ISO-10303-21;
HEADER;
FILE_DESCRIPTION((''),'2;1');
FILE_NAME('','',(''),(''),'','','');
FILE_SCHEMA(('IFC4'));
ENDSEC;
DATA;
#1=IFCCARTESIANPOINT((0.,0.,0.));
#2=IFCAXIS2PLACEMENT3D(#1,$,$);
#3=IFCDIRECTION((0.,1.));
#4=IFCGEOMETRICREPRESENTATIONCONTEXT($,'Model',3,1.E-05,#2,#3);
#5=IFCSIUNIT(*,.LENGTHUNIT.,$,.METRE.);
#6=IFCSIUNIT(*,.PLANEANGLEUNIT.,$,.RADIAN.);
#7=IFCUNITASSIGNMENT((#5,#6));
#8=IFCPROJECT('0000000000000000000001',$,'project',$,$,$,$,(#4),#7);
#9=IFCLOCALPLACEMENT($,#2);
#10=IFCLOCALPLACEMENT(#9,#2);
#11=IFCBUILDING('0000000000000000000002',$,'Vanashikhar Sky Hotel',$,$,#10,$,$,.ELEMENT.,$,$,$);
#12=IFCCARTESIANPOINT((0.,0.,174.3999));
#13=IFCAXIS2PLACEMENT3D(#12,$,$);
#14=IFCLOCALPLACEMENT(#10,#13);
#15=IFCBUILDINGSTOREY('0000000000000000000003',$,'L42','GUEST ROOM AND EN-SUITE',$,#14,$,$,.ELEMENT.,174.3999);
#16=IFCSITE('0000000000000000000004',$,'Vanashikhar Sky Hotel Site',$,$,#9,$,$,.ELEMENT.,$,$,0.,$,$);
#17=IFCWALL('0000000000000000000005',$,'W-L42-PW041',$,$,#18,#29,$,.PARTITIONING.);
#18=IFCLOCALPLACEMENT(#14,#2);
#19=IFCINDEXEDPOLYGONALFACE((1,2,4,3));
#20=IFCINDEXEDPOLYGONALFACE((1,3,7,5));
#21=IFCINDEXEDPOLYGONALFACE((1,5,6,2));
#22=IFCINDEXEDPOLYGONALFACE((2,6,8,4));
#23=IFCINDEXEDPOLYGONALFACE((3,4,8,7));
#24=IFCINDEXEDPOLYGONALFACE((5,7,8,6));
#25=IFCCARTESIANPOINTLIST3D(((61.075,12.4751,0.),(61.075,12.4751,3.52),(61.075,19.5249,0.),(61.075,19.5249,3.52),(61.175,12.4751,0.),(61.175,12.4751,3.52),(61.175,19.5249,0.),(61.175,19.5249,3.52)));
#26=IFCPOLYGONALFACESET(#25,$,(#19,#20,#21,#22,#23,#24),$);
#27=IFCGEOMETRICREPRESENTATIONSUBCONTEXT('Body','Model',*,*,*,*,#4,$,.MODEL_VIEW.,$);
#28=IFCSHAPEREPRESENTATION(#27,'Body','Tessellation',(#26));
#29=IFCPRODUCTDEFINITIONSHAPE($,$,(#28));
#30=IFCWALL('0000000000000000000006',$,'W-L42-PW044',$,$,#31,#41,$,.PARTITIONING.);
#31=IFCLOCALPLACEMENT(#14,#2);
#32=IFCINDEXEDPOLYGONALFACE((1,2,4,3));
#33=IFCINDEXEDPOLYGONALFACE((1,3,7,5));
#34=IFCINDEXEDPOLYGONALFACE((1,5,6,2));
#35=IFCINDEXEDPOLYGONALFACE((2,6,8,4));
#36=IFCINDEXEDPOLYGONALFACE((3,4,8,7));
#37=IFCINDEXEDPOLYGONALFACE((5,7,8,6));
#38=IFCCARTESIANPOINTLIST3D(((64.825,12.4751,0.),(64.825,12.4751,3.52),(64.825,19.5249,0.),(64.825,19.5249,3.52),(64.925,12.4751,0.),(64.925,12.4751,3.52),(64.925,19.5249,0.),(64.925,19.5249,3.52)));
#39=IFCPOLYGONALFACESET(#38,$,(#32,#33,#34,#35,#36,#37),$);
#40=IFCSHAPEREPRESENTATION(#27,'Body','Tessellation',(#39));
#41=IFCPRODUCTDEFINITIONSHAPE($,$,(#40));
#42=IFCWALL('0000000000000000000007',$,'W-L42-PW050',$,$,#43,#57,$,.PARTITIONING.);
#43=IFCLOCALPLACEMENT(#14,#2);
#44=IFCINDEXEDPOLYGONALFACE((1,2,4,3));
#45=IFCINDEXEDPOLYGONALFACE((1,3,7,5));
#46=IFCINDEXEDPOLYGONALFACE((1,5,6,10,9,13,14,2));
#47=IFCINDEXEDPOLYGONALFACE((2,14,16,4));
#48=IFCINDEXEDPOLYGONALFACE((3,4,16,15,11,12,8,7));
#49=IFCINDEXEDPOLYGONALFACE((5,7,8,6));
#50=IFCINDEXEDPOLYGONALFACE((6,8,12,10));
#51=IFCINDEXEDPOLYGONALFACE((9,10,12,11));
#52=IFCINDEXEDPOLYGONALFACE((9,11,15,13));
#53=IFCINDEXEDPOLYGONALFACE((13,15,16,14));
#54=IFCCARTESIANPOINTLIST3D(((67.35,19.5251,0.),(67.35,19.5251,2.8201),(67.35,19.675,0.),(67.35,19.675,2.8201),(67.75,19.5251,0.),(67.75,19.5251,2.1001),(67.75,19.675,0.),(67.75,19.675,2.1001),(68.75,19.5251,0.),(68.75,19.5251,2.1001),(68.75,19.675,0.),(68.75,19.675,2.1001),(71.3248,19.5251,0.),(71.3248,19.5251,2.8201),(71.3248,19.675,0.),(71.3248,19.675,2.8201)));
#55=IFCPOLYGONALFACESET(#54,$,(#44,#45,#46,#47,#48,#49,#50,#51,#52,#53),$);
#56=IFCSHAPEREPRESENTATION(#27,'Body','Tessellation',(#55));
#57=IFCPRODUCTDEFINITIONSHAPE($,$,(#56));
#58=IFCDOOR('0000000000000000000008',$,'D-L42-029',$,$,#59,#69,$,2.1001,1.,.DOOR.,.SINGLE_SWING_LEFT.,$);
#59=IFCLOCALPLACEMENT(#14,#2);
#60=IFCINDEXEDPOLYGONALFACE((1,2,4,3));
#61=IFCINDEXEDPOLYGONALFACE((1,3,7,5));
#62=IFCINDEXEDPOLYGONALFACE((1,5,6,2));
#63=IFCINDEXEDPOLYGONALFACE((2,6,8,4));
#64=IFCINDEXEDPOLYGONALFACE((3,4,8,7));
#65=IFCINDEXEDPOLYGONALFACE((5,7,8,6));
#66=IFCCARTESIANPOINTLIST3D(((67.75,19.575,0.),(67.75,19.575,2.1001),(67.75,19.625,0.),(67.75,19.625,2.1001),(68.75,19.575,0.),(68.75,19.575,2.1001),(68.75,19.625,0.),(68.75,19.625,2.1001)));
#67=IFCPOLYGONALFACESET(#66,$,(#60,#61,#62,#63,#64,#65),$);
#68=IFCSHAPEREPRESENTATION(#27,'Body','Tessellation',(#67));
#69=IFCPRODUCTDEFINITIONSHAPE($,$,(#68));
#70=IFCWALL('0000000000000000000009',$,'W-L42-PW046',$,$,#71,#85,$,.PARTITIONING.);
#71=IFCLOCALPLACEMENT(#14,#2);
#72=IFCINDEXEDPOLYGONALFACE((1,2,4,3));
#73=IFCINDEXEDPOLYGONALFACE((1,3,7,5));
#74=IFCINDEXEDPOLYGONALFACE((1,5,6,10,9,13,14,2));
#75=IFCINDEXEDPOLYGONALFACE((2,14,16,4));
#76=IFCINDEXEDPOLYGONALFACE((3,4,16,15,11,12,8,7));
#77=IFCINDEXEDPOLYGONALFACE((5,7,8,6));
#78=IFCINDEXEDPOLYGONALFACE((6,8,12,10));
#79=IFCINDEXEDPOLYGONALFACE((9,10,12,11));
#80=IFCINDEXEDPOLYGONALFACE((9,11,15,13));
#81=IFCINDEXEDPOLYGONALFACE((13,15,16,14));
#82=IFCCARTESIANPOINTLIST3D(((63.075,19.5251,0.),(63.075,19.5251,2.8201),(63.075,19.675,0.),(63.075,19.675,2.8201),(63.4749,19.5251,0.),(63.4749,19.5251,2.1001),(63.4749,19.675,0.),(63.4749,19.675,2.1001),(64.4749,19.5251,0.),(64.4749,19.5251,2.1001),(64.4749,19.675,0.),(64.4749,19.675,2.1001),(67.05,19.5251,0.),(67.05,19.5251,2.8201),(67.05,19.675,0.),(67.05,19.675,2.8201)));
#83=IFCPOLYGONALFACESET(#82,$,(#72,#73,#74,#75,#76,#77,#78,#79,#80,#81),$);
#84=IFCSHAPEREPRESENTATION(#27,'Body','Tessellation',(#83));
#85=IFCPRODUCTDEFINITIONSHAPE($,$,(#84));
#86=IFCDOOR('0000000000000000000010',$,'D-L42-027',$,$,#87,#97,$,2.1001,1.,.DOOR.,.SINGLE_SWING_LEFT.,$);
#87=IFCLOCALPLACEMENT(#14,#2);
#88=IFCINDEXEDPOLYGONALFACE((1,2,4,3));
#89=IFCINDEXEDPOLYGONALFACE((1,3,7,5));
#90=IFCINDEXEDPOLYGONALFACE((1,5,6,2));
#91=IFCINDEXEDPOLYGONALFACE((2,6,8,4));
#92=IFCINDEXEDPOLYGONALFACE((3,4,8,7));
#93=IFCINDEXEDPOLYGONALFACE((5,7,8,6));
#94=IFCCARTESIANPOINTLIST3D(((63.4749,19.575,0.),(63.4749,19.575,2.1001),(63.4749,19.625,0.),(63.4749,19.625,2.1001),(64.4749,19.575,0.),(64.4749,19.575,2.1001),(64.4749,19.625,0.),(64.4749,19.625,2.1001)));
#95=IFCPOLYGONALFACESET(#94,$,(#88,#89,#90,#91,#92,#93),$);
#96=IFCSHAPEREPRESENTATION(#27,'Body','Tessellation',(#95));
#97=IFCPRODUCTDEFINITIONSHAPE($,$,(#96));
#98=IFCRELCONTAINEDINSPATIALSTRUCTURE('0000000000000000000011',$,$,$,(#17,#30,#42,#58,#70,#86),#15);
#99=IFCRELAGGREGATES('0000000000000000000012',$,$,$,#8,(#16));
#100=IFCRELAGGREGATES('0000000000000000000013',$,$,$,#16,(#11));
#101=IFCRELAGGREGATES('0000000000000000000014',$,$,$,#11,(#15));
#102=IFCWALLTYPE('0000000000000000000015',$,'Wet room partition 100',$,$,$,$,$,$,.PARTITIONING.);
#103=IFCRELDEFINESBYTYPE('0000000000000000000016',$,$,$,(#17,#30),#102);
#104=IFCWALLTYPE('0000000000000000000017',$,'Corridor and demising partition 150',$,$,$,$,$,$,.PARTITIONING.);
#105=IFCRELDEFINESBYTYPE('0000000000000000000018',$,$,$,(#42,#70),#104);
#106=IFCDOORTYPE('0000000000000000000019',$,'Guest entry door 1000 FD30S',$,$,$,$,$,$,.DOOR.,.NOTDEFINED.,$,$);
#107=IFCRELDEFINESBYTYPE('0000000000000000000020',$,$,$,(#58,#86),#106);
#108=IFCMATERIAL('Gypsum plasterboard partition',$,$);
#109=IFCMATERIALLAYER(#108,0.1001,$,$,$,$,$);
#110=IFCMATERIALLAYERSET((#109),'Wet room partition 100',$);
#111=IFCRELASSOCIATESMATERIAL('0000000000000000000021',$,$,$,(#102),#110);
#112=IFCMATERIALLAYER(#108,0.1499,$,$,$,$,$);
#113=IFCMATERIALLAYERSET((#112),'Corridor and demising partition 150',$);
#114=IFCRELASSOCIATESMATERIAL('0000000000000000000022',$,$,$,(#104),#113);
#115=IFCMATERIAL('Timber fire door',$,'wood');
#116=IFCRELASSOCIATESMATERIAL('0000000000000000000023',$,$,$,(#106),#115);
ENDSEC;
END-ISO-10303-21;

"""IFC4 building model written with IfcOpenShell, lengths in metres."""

from ifc_helpers import new_model, si_unit, direction, frame, frame_2d, origin, place, context, subcontext, project, spatial, rectangle, extrude, source, transform, mapped, material, layer, layer_set, type_object, element, fill, save


model = new_model("IFC4")

# Units and contexts
model_context = context("Model", 3, precision=1e-05, world=origin(), true_north=direction((0.0, 1.0)))
body_context = subcontext(model_context, "Body", "Model", "MODEL_VIEW")
ifc_project = project(units=[si_unit("LENGTHUNIT", "METRE"), si_unit("PLANEANGLEUNIT", "RADIAN")], contexts=[model_context])

# Site, building, storey
site_placement = place(None, origin())
site = spatial("IfcSite", under=ifc_project, at=site_placement, Name="Vanashikhar Sky Hotel Site", CompositionType="ELEMENT", RefElevation=0.0)
building_placement = place(site_placement, origin())
building = spatial("IfcBuilding", under=site, at=building_placement, Name="Vanashikhar Sky Hotel", CompositionType="ELEMENT")
storey_placement = place(building_placement, frame((0.0, 0.0, 174.3999)))
storey = spatial("IfcBuildingStorey", under=building, at=storey_placement, Name="L42", Description="GUEST ROOM AND EN-SUITE", CompositionType="ELEMENT", Elevation=174.3999)

# Walls
ifc_material_1 = material(Name="Gypsum plasterboard partition")
ifc_layer_1 = layer(ifc_material_1, 0.1001)
ifc_layer_set_1 = layer_set([ifc_layer_1], Name="Wet room partition 100")
wall_type_1 = type_object("IfcWallType", Name="Wet room partition 100", PredefinedType="PARTITIONING", material=ifc_layer_set_1)
shared_shape_1 = source(origin(), body_context, "Body", "SweptSolid", [
    extrude(rectangle(XDim=7.0498, YDim=0.1001, at=frame_2d((3.5249, 0.0))), origin(), (0.0, 0.0, 1.0), 3.52),
])
for number, where, z_axis, x_axis, name in (
    (1, (61.125, 12.4751, 0.0), (0.0, 0.0, 1.0), (0.0, 1.0, 0.0), "W-L42-PW041"),
    (2, (64.875, 12.4751, 0.0), (0.0, 0.0, 1.0), (0.0, 1.0, 0.0), "W-L42-PW044"),
):
    element("IfcWall", number, at=place(storey_placement, frame(where, z_axis=z_axis, x_axis=x_axis)), inside=storey, type_object=wall_type_1, Name=name, PredefinedType="PARTITIONING", context=body_context, shape_type="MappedRepresentation", body=[
        mapped(shared_shape_1, transform((0.0, 0.0, 0.0), scale=1.0)),
    ])

# Walls, openings, doors
ifc_layer_2 = layer(ifc_material_1, 0.1499)
ifc_layer_set_2 = layer_set([ifc_layer_2], Name="Corridor and demising partition 150")
wall_type_2 = type_object("IfcWallType", Name="Corridor and demising partition 150", PredefinedType="PARTITIONING", material=ifc_layer_set_2)
shared_shape_2 = source(origin(), body_context, "Body", "SweptSolid", [
    extrude(rectangle(XDim=3.9749, YDim=0.1499, at=frame_2d((1.9873, 0.0))), origin(), (0.0, 0.0, 1.0), 2.8201),
])
wall_1_placement = place(storey_placement, frame((67.3501, 19.6001, 0.0), z_axis=(0.0, 0.0, 1.0), x_axis=(1.0, 0.0, 0.0)))
wall_1 = element("IfcWall", 3, at=wall_1_placement, inside=storey, type_object=wall_type_2, Name="W-L42-PW050", PredefinedType="PARTITIONING", context=body_context, shape_type="MappedRepresentation", body=[
    mapped(shared_shape_2, transform((0.0, 0.0, 0.0), scale=1.0)),
])
shared_shape_3 = source(origin(), body_context, "Body", "SweptSolid", [
    extrude(rectangle(XDim=1.0, YDim=2.1001, at=frame_2d((0.5, 1.05))), frame((0.0, 0.085, 0.0), z_axis=(0.0, -1.0, 0.0), x_axis=(1.0, 0.0, 0.0)), (0.0, 0.0, 1.0), 0.1699),
])
opening_1_placement = place(wall_1_placement, frame((0.3999, 0.0, 0.0)))
opening_1 = element("IfcOpeningElement", 4, at=opening_1_placement, cuts=wall_1, PredefinedType="OPENING", context=body_context, shape_type="MappedRepresentation", body=[
    mapped(shared_shape_3, transform((0.0, 0.0, 0.0), scale=1.0)),
])
ifc_material_2 = material(Name="Timber fire door", Category="wood")
door_type_1 = type_object("IfcDoorType", Name="Guest entry door 1000 FD30S", OperationType="NOTDEFINED", PredefinedType="DOOR", material=ifc_material_2)
shared_shape_4 = source(origin(), body_context, "Body", "SweptSolid", [
    extrude(rectangle(XDim=1.0, YDim=2.1001, at=frame_2d((0.5, 1.05))), frame((0.0, 0.0249, 0.0), z_axis=(0.0, -1.0, 0.0), x_axis=(1.0, 0.0, 0.0)), (0.0, 0.0, 1.0), 0.05),
])
door_1_placement = place(opening_1_placement, origin())
door_1 = element("IfcDoor", 5, at=door_1_placement, inside=storey, type_object=door_type_1, Name="D-L42-029", OperationType="SINGLE_SWING_LEFT", OverallHeight=2.1001, OverallWidth=1.0, PredefinedType="DOOR", context=body_context, shape_type="MappedRepresentation", body=[
    mapped(shared_shape_4, transform((0.0, 0.0, 0.0), scale=1.0)),
])
fill(opening_1, door_1)
shared_shape_5 = source(origin(), body_context, "Body", "SweptSolid", [
    extrude(rectangle(XDim=3.9751, YDim=0.1499, at=frame_2d((1.9875, 0.0))), origin(), (0.0, 0.0, 1.0), 2.8201),
])
wall_2_placement = place(storey_placement, frame((63.075, 19.6001, 0.0), z_axis=(0.0, 0.0, 1.0), x_axis=(1.0, 0.0, 0.0)))
wall_2 = element("IfcWall", 6, at=wall_2_placement, inside=storey, type_object=wall_type_2, Name="W-L42-PW046", PredefinedType="PARTITIONING", context=body_context, shape_type="MappedRepresentation", body=[
    mapped(shared_shape_5, transform((0.0, 0.0, 0.0), scale=1.0)),
])
opening_2_placement = place(wall_2_placement, frame((0.3999, 0.0, 0.0)))
opening_2 = element("IfcOpeningElement", 7, at=opening_2_placement, cuts=wall_2, PredefinedType="OPENING", context=body_context, shape_type="MappedRepresentation", body=[
    mapped(shared_shape_3, transform((0.0, 0.0, 0.0), scale=1.0)),
])
door_2_placement = place(opening_2_placement, origin())
door_2 = element("IfcDoor", 8, at=door_2_placement, inside=storey, type_object=door_type_1, Name="D-L42-027", OperationType="SINGLE_SWING_LEFT", OverallHeight=2.1001, OverallWidth=1.0, PredefinedType="DOOR", context=body_context, shape_type="MappedRepresentation", body=[
    mapped(shared_shape_4, transform((0.0, 0.0, 0.0), scale=1.0)),
])
fill(opening_2, door_2)

save(model, "model.ifc")
